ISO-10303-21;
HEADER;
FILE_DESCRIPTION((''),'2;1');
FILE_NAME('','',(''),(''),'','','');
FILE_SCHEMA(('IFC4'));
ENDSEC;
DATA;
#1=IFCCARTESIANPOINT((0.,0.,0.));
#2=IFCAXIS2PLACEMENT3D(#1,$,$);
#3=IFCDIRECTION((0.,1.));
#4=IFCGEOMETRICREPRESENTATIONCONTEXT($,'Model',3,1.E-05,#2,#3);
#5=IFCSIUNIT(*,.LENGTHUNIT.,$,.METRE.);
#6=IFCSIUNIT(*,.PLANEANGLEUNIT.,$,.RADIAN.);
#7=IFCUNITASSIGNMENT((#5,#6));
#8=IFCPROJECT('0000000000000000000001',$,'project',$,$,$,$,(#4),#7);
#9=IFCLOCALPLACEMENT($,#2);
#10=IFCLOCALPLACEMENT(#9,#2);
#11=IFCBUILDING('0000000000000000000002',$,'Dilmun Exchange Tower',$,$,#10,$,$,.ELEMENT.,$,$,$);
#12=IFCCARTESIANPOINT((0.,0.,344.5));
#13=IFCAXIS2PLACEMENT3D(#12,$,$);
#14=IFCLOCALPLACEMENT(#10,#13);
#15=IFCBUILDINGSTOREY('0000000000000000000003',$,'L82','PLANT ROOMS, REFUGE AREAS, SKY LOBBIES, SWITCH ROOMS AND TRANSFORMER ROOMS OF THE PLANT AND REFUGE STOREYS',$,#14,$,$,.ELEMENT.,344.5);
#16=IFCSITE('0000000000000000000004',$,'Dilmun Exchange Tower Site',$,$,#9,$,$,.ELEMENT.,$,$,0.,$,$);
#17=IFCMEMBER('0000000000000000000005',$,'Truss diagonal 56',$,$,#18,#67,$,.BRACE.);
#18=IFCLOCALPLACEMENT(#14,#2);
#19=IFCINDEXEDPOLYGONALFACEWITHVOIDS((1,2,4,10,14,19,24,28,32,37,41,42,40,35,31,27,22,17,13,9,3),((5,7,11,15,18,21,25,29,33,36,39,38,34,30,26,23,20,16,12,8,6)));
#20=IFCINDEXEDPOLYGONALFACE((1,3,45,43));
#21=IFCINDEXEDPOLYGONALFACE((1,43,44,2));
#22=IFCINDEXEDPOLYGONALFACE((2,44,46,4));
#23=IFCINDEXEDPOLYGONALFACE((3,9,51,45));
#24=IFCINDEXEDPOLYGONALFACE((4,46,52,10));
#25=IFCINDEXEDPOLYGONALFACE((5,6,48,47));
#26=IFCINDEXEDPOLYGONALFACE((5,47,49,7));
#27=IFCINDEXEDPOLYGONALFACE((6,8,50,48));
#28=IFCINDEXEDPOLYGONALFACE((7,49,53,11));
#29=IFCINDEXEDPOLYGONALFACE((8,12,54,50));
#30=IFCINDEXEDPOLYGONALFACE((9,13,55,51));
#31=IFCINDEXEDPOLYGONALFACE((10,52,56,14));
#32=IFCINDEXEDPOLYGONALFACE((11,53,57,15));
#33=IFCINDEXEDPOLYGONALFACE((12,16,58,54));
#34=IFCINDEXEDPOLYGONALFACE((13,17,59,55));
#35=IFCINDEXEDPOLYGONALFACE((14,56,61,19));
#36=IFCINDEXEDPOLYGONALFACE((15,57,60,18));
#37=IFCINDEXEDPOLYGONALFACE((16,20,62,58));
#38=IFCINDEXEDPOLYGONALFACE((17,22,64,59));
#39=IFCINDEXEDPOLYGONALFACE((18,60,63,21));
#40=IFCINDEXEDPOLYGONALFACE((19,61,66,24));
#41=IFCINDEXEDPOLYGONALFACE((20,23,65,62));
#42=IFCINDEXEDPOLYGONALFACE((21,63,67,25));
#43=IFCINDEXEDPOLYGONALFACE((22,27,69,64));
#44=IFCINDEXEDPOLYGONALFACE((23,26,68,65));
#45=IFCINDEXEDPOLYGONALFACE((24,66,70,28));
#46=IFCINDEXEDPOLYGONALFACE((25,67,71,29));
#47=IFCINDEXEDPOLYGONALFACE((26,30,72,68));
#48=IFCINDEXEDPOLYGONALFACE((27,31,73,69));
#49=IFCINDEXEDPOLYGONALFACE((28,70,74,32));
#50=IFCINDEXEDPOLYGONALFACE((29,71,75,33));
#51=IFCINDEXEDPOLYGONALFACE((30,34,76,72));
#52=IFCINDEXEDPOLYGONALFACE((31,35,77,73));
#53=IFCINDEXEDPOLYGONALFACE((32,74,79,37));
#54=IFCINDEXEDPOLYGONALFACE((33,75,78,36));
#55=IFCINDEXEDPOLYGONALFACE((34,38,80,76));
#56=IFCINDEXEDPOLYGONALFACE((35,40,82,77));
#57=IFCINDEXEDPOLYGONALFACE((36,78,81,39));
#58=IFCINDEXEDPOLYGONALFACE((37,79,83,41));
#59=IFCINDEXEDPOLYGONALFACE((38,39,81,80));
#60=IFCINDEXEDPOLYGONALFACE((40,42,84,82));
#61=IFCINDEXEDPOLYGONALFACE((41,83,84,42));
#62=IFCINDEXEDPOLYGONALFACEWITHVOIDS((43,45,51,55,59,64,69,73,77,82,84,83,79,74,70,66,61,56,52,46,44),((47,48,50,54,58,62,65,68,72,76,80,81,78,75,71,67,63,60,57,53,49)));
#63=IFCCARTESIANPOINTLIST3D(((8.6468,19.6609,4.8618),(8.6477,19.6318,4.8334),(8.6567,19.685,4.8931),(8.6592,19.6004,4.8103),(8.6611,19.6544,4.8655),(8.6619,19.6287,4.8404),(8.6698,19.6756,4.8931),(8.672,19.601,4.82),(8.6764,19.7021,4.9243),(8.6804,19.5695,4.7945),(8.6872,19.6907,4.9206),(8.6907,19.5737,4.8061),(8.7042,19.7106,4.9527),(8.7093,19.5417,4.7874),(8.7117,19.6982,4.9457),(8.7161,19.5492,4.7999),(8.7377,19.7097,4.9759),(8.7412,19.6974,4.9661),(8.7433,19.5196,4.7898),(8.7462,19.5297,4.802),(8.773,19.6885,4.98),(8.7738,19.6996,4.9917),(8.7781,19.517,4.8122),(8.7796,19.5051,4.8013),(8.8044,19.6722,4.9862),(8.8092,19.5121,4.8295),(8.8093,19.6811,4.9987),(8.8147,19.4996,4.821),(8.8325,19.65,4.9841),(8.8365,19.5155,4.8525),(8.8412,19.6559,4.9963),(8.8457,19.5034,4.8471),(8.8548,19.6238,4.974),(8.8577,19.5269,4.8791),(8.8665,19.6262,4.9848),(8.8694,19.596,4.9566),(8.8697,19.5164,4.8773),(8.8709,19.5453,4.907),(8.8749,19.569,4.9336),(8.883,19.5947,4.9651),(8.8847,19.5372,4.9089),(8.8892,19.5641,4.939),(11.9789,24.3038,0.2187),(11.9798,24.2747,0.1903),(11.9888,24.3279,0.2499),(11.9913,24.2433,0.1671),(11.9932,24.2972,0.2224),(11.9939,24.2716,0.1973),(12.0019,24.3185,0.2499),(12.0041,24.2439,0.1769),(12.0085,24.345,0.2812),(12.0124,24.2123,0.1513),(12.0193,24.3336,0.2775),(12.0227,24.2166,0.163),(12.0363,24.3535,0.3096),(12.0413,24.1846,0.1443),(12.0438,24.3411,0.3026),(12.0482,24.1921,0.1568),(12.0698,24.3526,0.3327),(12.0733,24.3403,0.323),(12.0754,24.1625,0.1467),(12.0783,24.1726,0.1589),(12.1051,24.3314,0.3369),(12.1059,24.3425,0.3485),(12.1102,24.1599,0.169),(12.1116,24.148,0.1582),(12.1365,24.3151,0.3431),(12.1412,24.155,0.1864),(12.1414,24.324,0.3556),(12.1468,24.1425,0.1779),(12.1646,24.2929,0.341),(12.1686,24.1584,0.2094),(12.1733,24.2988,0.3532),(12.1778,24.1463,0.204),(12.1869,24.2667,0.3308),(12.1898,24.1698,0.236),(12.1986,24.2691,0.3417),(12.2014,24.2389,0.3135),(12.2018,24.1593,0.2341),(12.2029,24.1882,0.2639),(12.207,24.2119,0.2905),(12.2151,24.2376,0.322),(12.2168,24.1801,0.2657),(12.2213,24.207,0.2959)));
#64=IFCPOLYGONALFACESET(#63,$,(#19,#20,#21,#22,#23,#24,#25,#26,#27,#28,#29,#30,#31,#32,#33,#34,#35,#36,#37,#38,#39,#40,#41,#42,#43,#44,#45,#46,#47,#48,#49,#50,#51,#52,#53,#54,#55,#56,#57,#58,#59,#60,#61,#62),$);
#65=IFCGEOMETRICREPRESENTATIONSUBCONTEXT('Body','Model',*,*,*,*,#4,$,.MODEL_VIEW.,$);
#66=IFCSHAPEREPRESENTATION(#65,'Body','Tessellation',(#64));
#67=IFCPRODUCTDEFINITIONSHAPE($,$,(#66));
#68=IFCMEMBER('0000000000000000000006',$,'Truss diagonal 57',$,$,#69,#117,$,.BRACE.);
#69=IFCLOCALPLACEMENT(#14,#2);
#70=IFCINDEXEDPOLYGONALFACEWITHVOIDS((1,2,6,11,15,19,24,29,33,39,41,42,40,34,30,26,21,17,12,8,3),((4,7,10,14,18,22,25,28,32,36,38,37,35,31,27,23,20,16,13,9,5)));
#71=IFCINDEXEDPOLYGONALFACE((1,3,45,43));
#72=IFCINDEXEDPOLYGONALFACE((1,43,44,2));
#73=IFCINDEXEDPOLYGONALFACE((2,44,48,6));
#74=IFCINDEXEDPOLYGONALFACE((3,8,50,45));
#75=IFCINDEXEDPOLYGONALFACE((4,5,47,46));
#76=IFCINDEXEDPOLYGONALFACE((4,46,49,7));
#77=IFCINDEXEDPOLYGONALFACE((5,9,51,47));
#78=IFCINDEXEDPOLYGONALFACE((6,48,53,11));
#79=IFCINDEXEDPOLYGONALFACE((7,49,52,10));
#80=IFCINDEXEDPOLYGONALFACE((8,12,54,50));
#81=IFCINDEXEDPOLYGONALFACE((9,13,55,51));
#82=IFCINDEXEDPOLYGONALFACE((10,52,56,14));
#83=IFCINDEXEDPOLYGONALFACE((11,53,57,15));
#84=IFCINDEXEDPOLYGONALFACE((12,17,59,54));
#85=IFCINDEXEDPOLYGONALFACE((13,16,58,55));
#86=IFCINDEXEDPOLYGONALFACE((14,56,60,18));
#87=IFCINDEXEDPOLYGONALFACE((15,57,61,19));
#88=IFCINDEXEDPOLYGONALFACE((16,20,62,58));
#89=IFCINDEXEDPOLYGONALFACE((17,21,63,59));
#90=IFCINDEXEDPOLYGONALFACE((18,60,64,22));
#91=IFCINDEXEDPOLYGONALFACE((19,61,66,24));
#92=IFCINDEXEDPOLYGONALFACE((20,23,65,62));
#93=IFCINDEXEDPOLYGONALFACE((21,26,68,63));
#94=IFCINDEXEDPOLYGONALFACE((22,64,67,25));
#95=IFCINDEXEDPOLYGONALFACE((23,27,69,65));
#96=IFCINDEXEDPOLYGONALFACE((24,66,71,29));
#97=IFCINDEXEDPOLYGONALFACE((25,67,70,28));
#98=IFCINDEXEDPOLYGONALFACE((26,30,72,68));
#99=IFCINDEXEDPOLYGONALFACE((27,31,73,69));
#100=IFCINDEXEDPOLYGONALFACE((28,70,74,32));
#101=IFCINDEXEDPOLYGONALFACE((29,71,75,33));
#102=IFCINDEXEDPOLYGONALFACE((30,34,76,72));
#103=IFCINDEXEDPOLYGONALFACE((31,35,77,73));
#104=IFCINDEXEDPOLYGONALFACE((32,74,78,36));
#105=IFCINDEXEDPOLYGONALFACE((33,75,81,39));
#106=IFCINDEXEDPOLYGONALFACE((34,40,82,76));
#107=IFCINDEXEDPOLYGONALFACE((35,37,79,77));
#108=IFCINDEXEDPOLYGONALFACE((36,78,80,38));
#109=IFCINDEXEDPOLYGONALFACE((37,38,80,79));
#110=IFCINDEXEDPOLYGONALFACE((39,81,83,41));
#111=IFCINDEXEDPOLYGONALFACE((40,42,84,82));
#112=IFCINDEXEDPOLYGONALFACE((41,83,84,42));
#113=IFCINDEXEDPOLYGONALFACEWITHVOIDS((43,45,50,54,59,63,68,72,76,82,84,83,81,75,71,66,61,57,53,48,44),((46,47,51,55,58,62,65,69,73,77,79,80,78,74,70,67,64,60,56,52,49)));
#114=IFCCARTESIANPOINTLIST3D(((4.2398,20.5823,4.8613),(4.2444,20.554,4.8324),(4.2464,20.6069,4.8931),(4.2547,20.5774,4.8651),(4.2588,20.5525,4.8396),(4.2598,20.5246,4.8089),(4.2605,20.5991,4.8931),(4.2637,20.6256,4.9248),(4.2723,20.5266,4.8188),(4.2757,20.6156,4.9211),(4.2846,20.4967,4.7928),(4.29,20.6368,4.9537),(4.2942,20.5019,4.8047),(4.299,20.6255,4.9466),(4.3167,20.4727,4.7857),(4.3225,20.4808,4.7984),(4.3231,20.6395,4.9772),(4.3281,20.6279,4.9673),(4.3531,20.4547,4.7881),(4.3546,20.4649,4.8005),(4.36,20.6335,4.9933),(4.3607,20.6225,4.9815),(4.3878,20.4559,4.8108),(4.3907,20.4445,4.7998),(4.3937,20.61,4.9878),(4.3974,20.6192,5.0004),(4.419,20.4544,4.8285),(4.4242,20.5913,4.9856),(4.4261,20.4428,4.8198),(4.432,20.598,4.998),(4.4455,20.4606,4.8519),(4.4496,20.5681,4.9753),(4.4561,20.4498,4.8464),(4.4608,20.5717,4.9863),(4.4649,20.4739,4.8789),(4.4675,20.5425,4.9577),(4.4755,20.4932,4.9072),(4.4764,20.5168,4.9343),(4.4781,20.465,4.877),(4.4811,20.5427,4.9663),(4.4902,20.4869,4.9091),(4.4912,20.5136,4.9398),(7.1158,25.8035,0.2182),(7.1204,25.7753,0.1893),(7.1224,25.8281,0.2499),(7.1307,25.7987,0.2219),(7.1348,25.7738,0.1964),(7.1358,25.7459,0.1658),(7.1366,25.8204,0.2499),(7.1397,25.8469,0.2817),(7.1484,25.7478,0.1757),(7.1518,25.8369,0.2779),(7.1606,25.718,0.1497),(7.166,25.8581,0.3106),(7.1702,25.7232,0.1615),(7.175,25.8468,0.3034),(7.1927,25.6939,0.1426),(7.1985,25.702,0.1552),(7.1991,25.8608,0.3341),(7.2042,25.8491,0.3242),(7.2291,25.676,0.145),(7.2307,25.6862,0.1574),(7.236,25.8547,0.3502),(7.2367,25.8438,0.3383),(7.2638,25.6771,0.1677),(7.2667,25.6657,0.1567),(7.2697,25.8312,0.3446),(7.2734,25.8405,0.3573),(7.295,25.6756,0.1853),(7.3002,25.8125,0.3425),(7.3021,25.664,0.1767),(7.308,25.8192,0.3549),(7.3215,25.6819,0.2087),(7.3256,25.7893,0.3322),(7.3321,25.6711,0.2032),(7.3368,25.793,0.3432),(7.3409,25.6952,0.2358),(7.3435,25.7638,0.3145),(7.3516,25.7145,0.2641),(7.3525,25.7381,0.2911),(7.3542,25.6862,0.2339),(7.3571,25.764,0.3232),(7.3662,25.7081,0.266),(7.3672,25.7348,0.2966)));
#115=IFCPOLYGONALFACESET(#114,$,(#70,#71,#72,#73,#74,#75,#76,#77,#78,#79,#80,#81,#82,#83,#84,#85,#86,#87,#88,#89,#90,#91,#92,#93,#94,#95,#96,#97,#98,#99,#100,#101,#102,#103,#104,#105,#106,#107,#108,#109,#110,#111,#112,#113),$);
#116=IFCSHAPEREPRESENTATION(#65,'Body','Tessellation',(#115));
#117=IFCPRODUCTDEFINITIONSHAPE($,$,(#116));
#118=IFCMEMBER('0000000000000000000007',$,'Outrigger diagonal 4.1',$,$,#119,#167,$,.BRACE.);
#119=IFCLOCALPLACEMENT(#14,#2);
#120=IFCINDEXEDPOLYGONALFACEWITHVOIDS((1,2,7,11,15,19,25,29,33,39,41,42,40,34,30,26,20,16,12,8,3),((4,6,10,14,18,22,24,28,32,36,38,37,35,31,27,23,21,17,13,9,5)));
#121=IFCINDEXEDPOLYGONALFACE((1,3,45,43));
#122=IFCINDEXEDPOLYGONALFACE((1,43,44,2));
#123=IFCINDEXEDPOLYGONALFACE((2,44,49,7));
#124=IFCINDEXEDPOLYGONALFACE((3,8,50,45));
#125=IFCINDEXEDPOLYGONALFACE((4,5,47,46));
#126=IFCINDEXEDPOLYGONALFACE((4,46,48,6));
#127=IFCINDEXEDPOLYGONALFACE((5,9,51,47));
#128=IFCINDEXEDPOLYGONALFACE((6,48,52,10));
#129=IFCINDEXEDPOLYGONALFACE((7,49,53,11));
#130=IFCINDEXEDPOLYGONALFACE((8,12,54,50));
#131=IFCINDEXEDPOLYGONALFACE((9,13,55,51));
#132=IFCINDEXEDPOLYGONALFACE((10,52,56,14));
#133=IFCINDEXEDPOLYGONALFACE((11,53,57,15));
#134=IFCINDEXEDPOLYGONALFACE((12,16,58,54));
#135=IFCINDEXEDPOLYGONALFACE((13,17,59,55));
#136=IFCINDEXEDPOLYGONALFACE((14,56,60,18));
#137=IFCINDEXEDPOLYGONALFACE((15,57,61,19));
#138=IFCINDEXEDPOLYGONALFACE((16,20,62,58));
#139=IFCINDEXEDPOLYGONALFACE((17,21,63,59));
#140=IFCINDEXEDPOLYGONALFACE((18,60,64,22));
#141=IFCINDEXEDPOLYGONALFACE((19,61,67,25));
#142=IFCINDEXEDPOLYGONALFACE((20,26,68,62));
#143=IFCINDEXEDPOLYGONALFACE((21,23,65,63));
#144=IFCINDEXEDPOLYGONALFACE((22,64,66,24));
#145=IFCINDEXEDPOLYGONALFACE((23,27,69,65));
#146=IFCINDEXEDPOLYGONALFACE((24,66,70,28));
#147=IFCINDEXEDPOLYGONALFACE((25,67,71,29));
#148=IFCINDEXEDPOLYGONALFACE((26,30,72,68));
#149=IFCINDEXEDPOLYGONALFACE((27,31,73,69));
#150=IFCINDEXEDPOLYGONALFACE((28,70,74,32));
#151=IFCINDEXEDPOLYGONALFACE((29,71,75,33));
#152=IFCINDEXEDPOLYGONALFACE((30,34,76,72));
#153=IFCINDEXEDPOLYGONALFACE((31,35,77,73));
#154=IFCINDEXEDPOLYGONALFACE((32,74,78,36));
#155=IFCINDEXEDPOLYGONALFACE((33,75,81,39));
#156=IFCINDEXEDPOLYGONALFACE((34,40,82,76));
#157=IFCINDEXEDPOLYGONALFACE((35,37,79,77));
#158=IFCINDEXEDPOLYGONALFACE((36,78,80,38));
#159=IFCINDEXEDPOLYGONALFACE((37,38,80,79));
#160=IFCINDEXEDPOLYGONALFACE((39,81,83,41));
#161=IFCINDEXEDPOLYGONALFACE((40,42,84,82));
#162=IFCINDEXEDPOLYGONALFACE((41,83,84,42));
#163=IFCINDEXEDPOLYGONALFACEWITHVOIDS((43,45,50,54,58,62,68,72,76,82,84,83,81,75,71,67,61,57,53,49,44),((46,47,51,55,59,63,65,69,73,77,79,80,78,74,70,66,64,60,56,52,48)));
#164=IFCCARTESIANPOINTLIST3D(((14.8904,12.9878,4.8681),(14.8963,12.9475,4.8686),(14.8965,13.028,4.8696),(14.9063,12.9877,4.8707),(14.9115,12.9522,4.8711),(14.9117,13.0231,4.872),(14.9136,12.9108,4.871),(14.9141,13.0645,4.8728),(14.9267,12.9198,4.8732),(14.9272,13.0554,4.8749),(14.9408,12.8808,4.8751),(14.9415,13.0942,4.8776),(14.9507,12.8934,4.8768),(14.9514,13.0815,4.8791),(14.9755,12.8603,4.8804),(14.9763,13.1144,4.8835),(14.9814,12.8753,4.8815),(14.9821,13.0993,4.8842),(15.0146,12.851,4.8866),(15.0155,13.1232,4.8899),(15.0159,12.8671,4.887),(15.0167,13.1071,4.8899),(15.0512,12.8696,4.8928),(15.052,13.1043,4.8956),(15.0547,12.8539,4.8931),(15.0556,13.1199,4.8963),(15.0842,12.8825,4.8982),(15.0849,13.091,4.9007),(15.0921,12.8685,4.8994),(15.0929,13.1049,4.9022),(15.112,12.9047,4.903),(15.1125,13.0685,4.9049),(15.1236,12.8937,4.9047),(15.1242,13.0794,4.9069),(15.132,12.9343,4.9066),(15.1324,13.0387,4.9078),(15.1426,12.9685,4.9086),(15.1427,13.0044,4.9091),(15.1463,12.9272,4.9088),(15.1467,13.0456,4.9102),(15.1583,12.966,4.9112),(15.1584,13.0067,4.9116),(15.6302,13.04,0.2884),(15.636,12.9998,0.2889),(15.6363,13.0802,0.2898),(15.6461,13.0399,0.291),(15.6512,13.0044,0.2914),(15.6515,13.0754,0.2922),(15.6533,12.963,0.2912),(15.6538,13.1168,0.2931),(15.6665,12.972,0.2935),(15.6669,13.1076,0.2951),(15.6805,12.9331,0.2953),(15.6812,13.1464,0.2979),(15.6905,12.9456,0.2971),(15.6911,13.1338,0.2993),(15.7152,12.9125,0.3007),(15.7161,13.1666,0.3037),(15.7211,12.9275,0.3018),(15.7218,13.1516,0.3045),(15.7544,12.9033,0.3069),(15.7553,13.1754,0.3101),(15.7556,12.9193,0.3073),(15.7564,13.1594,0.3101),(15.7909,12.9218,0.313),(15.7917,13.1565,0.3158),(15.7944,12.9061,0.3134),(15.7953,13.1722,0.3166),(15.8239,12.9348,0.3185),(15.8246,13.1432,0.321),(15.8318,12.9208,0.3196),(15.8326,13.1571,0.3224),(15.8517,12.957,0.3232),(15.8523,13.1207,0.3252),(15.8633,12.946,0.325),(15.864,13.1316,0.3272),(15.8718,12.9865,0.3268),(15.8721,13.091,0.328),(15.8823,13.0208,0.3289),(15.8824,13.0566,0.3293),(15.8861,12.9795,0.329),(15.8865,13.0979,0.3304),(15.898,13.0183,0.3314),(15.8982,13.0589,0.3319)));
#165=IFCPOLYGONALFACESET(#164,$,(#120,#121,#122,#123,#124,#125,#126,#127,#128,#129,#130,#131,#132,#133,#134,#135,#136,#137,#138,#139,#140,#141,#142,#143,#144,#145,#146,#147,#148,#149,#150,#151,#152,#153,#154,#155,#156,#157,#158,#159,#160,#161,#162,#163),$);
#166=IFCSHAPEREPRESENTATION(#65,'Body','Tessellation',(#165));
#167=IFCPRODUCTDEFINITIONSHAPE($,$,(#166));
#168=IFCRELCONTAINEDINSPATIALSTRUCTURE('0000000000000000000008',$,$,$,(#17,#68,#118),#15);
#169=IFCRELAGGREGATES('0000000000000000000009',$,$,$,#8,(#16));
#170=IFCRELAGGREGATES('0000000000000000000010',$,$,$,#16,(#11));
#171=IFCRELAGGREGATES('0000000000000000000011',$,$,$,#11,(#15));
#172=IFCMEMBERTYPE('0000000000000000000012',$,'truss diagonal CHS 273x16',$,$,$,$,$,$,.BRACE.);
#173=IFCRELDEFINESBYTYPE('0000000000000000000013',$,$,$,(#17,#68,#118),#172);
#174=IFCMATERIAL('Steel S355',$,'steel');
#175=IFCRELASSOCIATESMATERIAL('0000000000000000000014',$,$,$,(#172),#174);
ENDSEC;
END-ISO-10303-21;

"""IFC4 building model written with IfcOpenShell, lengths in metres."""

from ifc_helpers import new_model, si_unit, direction, frame, origin, origin_2d, place, context, subcontext, project, spatial, hollow_circle, extrude, material, material_profile, profile_set, type_object, element, save


model = new_model("IFC4")

# Units and contexts
model_context = context("Model", 3, precision=1e-05, world=origin(), true_north=direction((0.0, 1.0)))
body_context = subcontext(model_context, "Body", "Model", "MODEL_VIEW")
ifc_project = project(units=[si_unit("LENGTHUNIT", "METRE"), si_unit("PLANEANGLEUNIT", "RADIAN")], contexts=[model_context])

# Site, building, storey
site_placement = place(None, origin())
site = spatial("IfcSite", under=ifc_project, at=site_placement, Name="Dilmun Exchange Tower Site", CompositionType="ELEMENT", RefElevation=0.0)
building_placement = place(site_placement, origin())
building = spatial("IfcBuilding", under=site, at=building_placement, Name="Dilmun Exchange Tower", CompositionType="ELEMENT")
storey_placement = place(building_placement, frame((0.0, 0.0, 344.5)))
storey = spatial("IfcBuildingStorey", under=building, at=storey_placement, Name="L82", Description="PLANT ROOMS, REFUGE AREAS, SKY LOBBIES, SWITCH ROOMS AND TRANSFORMER ROOMS OF THE PLANT AND REFUGE STOREYS", CompositionType="ELEMENT", Elevation=344.5)

# Shared definitions
ifc_material_1 = material(Name="Steel S355", Category="steel")

# Members
ifc_material_profile_1 = material_profile(ifc_material_1, hollow_circle(Radius=0.1365, WallThickness=0.0161, at=origin_2d()), Name="CHS 273x16")
ifc_profile_set_1 = profile_set([ifc_material_profile_1], Name="Steel S355")
member_type_1 = type_object("IfcMemberType", Name="truss diagonal CHS 273x16", PredefinedType="BRACE", material=ifc_profile_set_1)
member_1_placement = place(storey_placement, frame((8.7676, 19.6055, 4.8931), z_axis=(0.452527, 0.630547, -0.63058), x_axis=(-0.81243, 0.583059, 0.0)))
element("IfcMember", 1, at=member_1_placement, inside=storey, type_object=member_type_1, Name="Truss diagonal 56", PredefinedType="BRACE", context=body_context, shape_type="SweptSolid", body=[
    extrude(hollow_circle(Radius=0.1365, WallThickness=0.0161, at=origin_2d()), origin(), (0.0, 0.0, 1.0), 7.3633),
])
member_2_placement = place(storey_placement, frame((4.366, 20.541, 4.8931), z_axis=(0.380632, 0.691017, -0.614503), x_axis=(-0.87591, 0.482475, 0.0)))
element("IfcMember", 2, at=member_2_placement, inside=storey, type_object=member_type_1, Name="Truss diagonal 57", PredefinedType="BRACE", context=body_context, shape_type="SweptSolid", body=[
    extrude(hollow_circle(Radius=0.1365, WallThickness=0.0161, at=origin_2d()), origin(), (0.0, 0.0, 1.0), 7.5559),
])
member_3_placement = place(storey_placement, frame((15.0251, 12.9871, 4.8899), z_axis=(0.159446, 0.011261, -0.987142), x_axis=(-0.070452, 0.997515, 0.0)))
element("IfcMember", 3, at=member_3_placement, inside=storey, type_object=member_type_1, Name="Outrigger diagonal 4.1", PredefinedType="BRACE", context=body_context, shape_type="SweptSolid", body=[
    extrude(hollow_circle(Radius=0.1365, WallThickness=0.0161, at=origin_2d()), origin(), (0.0, 0.0, 1.0), 4.6394),
])

save(model, "model.ifc")
